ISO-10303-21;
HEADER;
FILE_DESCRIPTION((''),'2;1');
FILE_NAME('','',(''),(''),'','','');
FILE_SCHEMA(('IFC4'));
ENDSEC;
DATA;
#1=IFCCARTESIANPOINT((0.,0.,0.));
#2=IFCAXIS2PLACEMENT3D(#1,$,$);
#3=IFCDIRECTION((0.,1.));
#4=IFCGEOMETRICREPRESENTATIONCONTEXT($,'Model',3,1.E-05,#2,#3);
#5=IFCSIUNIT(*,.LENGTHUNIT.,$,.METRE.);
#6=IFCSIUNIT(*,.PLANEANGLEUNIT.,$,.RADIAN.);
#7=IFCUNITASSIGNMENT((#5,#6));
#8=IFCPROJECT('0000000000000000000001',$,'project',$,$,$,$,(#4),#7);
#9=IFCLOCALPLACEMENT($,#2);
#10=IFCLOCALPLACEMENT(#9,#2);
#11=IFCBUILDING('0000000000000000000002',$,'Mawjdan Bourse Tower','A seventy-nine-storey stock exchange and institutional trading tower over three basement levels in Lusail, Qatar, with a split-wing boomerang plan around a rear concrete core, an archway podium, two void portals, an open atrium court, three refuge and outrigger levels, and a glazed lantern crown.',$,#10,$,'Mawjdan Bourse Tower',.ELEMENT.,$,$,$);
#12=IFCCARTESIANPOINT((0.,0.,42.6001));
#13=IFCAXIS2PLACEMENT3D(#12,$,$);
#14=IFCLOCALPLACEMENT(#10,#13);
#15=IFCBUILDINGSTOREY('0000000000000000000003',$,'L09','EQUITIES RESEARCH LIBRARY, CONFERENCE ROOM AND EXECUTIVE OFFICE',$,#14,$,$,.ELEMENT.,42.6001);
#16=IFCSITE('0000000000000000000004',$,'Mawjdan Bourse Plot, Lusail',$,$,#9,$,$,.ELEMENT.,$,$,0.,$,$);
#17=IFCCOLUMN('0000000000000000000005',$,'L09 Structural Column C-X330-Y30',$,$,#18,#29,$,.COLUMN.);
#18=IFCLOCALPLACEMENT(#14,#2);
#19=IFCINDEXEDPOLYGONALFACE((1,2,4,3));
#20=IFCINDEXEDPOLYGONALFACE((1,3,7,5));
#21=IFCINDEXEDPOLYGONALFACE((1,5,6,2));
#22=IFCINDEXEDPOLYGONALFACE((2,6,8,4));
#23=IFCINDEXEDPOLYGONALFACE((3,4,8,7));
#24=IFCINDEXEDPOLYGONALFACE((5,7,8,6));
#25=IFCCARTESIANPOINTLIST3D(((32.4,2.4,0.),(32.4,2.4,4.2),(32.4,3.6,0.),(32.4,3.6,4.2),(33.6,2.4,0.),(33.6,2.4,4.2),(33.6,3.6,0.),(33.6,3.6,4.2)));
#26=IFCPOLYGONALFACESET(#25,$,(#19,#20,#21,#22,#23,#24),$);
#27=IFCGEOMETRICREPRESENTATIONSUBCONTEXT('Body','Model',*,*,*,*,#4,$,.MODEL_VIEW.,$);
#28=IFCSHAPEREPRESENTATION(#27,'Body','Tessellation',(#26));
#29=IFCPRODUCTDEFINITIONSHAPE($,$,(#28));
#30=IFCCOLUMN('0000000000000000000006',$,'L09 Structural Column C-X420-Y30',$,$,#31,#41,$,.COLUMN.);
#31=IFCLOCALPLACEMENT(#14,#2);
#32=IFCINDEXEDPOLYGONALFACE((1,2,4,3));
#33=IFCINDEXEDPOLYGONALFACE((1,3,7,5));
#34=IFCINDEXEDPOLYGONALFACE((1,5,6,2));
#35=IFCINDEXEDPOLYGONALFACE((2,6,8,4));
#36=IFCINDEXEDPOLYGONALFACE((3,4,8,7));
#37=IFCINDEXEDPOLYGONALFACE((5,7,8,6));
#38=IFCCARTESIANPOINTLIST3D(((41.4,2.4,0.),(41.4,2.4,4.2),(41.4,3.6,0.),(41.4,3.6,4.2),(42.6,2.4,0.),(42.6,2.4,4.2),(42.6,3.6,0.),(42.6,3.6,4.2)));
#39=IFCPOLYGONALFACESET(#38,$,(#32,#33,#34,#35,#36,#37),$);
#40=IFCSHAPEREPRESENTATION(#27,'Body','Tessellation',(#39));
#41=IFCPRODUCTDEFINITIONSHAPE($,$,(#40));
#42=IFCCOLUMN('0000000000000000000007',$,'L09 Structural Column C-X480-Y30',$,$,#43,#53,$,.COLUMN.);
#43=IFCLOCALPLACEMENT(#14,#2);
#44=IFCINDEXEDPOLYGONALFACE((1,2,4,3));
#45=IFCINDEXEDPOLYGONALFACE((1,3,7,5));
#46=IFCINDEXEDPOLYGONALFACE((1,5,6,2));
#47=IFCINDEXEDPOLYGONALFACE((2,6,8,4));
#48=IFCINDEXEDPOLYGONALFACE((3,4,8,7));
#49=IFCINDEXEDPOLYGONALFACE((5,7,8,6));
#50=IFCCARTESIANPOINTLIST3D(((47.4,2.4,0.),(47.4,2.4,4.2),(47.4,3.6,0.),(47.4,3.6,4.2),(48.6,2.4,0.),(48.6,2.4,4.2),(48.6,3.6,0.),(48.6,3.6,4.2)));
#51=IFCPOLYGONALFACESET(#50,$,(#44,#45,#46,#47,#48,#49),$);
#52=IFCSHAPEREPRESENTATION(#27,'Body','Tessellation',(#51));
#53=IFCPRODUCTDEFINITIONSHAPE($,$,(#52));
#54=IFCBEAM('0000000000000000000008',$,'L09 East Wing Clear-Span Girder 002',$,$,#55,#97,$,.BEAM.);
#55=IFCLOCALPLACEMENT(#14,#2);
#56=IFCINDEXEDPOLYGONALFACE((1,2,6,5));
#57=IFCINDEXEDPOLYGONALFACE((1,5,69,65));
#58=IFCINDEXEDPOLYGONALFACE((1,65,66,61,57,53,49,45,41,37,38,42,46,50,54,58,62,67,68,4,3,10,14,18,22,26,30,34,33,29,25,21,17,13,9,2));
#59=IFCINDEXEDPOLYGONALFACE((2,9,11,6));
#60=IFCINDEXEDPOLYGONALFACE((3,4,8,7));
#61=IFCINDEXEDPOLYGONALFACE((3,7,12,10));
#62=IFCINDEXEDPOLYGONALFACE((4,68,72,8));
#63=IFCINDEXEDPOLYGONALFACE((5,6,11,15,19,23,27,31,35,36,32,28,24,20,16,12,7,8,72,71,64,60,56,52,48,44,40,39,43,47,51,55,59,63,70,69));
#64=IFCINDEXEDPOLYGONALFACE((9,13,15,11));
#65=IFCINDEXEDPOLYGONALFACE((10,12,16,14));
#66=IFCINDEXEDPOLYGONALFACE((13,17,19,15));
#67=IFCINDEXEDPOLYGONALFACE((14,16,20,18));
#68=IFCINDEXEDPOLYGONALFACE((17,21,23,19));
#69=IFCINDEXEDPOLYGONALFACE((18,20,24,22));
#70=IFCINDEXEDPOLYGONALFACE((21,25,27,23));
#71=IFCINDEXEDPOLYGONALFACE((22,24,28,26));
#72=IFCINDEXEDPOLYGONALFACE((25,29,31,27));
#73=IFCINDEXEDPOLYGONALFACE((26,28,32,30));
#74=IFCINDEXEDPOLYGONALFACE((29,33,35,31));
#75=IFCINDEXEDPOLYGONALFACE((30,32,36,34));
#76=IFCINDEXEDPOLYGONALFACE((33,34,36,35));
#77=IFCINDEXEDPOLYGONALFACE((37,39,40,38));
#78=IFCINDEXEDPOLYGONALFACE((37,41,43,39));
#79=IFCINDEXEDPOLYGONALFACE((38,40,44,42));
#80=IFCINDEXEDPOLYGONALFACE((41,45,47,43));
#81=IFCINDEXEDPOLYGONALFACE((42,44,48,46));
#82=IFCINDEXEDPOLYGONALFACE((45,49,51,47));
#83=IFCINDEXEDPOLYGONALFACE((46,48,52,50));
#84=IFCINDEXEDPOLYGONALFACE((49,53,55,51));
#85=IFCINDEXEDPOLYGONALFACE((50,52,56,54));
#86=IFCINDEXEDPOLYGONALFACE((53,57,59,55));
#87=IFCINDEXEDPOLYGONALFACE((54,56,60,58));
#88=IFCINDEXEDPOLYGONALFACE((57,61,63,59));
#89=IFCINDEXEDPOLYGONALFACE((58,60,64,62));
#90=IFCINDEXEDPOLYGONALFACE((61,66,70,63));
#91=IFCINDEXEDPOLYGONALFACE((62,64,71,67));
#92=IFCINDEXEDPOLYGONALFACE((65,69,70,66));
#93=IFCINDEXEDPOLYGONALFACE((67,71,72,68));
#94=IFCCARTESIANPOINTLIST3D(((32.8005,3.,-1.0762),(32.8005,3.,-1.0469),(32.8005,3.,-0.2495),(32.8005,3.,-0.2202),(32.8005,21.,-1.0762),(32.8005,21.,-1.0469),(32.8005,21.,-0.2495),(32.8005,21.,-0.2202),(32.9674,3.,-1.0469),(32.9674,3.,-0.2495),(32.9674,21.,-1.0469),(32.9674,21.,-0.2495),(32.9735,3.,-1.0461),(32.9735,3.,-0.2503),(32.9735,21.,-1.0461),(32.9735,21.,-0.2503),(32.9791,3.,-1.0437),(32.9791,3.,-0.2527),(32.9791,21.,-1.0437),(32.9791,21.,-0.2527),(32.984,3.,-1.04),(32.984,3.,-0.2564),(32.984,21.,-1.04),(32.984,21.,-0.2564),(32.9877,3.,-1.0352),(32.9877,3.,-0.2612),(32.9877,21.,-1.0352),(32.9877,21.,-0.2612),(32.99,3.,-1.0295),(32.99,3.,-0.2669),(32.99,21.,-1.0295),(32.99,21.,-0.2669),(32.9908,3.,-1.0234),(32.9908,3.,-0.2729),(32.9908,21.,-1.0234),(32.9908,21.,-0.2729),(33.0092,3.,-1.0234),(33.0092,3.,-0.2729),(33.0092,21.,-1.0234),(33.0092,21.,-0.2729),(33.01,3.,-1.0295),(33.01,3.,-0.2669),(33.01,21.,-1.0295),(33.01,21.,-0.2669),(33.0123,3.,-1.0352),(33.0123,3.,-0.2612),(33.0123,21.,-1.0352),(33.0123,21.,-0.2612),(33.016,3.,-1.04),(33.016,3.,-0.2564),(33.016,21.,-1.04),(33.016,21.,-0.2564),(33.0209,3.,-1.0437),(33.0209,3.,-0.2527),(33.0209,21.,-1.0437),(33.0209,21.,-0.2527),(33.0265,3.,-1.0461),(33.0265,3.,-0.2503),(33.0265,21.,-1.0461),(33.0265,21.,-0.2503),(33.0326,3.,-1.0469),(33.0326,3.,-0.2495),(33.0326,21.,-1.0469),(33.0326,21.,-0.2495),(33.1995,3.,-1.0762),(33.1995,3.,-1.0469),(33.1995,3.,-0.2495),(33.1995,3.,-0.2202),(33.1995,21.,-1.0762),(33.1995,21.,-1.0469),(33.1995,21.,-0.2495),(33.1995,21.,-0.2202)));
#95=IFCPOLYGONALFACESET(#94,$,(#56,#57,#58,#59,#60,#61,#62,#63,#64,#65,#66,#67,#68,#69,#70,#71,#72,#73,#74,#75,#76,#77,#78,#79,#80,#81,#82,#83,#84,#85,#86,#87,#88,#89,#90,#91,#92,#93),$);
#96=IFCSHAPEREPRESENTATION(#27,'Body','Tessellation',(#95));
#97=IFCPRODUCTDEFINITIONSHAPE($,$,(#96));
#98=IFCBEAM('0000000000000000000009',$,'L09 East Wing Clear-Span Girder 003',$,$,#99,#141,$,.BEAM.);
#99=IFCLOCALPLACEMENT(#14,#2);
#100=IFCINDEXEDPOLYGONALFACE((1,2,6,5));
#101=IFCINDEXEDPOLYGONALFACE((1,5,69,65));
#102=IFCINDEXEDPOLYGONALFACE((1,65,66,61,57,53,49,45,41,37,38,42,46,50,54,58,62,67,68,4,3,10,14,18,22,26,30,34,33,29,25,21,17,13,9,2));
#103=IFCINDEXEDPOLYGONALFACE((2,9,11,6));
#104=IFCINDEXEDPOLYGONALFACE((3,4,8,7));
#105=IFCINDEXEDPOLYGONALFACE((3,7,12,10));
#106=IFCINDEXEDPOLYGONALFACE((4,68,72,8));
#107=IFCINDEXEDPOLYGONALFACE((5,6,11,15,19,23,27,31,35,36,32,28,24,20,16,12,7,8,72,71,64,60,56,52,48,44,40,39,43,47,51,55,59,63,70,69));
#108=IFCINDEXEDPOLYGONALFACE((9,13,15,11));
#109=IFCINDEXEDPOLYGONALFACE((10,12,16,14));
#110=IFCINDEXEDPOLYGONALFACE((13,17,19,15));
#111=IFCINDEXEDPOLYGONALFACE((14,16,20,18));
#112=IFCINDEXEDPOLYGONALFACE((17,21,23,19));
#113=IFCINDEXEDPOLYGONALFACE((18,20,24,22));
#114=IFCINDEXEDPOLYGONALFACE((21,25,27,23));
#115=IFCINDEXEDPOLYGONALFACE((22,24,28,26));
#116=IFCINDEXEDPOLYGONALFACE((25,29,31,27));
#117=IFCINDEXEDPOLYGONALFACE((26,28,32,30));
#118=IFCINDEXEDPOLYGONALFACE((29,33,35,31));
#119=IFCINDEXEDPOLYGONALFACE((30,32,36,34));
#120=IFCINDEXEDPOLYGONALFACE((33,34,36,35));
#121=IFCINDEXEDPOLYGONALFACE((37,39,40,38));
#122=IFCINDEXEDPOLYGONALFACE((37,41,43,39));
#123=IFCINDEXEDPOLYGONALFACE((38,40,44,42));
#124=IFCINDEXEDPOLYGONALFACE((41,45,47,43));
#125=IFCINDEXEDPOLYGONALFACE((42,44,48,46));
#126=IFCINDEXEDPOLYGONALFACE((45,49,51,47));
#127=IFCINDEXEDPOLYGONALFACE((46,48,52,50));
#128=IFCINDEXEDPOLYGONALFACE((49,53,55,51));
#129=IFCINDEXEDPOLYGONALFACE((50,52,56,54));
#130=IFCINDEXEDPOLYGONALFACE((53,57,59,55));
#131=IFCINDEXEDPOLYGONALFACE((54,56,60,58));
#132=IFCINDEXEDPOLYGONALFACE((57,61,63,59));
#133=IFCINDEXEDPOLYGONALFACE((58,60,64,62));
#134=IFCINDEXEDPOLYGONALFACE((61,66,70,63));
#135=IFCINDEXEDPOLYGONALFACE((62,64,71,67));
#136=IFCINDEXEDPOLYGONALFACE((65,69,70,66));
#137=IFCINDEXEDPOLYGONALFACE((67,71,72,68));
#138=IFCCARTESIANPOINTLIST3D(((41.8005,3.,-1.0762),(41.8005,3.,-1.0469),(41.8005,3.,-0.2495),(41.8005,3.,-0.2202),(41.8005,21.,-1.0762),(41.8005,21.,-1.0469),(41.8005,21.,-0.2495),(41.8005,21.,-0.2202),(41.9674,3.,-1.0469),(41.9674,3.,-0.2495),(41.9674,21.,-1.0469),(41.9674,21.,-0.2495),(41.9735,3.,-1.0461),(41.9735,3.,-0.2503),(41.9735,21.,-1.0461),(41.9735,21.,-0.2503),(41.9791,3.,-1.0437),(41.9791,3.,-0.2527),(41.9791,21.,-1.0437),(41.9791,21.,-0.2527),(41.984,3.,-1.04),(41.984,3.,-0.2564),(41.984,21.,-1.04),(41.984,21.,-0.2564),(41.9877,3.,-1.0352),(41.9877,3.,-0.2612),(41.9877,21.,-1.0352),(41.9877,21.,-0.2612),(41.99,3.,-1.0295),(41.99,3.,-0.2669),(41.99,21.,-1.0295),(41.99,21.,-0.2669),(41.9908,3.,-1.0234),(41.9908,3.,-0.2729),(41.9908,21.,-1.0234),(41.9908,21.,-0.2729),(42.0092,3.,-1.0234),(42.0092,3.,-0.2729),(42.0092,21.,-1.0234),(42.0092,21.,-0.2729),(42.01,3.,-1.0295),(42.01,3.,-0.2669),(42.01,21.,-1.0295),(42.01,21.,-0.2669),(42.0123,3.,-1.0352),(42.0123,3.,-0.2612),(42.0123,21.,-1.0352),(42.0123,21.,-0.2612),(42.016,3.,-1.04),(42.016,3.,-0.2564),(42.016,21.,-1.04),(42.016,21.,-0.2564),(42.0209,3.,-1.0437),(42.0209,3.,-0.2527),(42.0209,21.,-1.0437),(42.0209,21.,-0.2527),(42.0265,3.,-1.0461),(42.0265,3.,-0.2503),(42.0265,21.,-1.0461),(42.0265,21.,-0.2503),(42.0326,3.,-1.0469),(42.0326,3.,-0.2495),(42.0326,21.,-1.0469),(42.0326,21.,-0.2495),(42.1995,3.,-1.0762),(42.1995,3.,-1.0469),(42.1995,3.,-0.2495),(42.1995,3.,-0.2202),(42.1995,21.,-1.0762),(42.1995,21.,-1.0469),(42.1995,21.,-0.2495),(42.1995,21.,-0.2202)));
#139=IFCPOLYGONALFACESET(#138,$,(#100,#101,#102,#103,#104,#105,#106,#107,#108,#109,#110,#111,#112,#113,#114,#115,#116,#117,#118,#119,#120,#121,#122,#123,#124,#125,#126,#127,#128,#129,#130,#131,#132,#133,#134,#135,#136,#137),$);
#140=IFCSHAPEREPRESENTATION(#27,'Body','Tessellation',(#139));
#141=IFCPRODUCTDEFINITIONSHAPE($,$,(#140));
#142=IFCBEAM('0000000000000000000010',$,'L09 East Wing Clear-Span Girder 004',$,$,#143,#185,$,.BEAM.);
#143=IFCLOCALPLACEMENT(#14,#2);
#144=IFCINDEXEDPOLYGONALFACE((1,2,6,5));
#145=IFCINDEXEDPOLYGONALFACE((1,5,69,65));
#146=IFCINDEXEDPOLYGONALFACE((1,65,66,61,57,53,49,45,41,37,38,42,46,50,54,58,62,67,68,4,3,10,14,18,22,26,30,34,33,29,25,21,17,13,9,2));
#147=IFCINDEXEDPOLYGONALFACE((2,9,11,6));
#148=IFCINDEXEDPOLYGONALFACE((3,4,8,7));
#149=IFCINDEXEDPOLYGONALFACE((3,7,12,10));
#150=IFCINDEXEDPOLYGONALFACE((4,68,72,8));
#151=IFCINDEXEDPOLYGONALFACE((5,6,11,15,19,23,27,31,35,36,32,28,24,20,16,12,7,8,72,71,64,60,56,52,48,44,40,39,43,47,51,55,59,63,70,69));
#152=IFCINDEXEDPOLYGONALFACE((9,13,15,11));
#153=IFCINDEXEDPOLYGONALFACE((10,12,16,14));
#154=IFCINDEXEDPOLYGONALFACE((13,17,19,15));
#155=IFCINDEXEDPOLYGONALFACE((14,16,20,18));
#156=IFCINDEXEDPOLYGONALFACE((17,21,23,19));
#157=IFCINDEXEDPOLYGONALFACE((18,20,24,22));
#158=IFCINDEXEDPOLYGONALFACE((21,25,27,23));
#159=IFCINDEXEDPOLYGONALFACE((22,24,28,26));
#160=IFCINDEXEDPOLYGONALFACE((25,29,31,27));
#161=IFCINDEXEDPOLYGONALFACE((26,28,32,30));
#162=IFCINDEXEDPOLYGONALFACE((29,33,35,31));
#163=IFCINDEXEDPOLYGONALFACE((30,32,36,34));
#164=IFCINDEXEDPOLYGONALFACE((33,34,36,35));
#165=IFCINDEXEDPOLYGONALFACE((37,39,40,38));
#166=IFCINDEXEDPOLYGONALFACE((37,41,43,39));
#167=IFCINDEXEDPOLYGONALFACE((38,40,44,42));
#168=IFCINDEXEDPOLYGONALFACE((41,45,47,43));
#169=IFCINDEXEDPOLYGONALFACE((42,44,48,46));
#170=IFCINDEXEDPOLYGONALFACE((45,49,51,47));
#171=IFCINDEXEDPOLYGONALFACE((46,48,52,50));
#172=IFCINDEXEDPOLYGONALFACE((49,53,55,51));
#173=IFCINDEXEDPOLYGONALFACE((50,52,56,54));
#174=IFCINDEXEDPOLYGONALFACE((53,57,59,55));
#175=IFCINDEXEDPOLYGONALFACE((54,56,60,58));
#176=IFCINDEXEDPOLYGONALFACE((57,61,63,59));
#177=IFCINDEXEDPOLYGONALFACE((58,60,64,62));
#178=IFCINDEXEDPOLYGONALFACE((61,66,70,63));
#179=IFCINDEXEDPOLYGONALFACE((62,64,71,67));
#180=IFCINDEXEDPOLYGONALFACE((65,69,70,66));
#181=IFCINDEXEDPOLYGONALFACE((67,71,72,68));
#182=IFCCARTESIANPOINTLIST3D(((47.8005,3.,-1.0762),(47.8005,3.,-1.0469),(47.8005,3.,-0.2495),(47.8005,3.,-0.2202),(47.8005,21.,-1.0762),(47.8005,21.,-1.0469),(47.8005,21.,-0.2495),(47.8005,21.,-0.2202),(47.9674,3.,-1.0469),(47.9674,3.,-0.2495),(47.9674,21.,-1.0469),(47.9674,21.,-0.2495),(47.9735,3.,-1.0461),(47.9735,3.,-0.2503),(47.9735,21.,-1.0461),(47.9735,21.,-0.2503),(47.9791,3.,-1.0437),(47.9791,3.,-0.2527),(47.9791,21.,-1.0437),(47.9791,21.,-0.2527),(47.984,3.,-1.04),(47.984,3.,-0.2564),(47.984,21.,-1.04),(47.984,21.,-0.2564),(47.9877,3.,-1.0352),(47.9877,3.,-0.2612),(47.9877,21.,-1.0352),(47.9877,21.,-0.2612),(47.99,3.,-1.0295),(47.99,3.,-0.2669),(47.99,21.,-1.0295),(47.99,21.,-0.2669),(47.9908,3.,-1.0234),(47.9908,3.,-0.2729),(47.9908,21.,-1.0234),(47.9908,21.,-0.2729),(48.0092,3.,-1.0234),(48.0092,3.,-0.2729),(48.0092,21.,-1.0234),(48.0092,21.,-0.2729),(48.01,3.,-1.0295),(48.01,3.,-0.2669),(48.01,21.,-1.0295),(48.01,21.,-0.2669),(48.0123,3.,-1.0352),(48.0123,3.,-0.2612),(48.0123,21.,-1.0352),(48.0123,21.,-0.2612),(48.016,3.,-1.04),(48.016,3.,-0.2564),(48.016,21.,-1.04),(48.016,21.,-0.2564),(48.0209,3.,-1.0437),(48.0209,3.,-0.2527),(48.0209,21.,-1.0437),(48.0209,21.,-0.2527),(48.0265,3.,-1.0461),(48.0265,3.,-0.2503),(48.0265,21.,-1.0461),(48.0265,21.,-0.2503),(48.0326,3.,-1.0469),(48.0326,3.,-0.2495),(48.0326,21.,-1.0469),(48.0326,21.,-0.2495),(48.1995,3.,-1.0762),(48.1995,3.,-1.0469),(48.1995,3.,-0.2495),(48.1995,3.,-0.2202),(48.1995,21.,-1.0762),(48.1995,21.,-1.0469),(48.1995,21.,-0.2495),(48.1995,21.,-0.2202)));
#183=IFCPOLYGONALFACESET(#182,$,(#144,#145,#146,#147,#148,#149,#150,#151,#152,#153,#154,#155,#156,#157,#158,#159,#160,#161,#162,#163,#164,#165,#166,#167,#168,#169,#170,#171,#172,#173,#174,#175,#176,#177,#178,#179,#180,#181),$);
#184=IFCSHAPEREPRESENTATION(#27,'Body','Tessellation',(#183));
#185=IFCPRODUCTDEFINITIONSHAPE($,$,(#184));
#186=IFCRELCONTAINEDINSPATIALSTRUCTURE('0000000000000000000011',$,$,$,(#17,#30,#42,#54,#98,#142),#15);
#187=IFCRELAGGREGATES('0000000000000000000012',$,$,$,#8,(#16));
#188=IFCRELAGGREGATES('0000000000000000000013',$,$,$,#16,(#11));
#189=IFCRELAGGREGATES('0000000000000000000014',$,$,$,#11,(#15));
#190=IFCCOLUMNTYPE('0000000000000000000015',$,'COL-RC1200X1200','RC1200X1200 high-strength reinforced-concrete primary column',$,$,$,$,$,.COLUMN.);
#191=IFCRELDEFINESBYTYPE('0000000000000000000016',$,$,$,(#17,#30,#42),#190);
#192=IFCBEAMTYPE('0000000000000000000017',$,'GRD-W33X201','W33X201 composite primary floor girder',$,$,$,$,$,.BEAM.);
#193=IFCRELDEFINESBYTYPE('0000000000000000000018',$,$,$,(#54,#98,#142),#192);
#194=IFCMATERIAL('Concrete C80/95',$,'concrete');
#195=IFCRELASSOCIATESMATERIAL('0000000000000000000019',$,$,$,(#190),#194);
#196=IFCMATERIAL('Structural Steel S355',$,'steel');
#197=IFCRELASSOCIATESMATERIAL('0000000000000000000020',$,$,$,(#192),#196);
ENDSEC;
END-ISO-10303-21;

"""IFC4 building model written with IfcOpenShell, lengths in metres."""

from ifc_helpers import new_model, si_unit, direction, frame, origin, origin_2d, place, context, subcontext, project, spatial, rectangle, i_section, extrude, material, material_profile, profile_set, type_object, element, save


model = new_model("IFC4")

# Units and contexts
model_context = context("Model", 3, precision=1e-05, world=origin(), true_north=direction((0.0, 1.0)))
body_context = subcontext(model_context, "Body", "Model", "MODEL_VIEW")
ifc_project = project(units=[si_unit("LENGTHUNIT", "METRE"), si_unit("PLANEANGLEUNIT", "RADIAN")], contexts=[model_context])

# Site, building, storey
site_placement = place(None, origin())
site = spatial("IfcSite", under=ifc_project, at=site_placement, Name="Mawjdan Bourse Plot, Lusail", CompositionType="ELEMENT", RefElevation=0.0)
building_placement = place(site_placement, origin())
building = spatial("IfcBuilding", under=site, at=building_placement, Name="Mawjdan Bourse Tower", Description="A seventy-nine-storey stock exchange and institutional trading tower over three basement levels in Lusail, Qatar, with a split-wing boomerang plan around a rear concrete core, an archway podium, two void portals, an open atrium court, three refuge and outrigger levels, and a glazed lantern crown.", LongName="Mawjdan Bourse Tower", CompositionType="ELEMENT")
storey_placement = place(building_placement, frame((0.0, 0.0, 42.6001)))
storey = spatial("IfcBuildingStorey", under=building, at=storey_placement, Name="L09", Description="EQUITIES RESEARCH LIBRARY, CONFERENCE ROOM AND EXECUTIVE OFFICE", CompositionType="ELEMENT", Elevation=42.6001)

# Columns
ifc_material_1 = material(Name="Concrete C80/95", Category="concrete")
ifc_material_profile_1 = material_profile(ifc_material_1, rectangle(XDim=1.2, YDim=1.2, at=origin_2d()), Name="RC1200X1200")
ifc_profile_set_1 = profile_set([ifc_material_profile_1], Name="Concrete C80/95")
column_type = type_object("IfcColumnType", Name="COL-RC1200X1200", Description="RC1200X1200 high-strength reinforced-concrete primary column", PredefinedType="COLUMN", material=ifc_profile_set_1)
for number, where, z_axis, x_axis, name in (
    (1, (33.0, 3.0, 0.0), (0.0, 0.0, 1.0), (1.0, 0.0, 0.0), "L09 Structural Column C-X330-Y30"),
    (2, (42.0, 3.0, 0.0), (0.0, 0.0, 1.0), (1.0, 0.0, 0.0), "L09 Structural Column C-X420-Y30"),
    (3, (48.0, 3.0, 0.0), (0.0, 0.0, 1.0), (1.0, 0.0, 0.0), "L09 Structural Column C-X480-Y30"),
):
    element("IfcColumn", number, at=place(storey_placement, frame(where, z_axis=z_axis, x_axis=x_axis)), inside=storey, type_object=column_type, Name=name, PredefinedType="COLUMN", context=body_context, shape_type="SweptSolid", body=[
        extrude(rectangle(XDim=1.2, YDim=1.2, at=origin_2d()), origin(), (0.0, 0.0, 1.0), 4.2),
    ])

# Beams
ifc_material_2 = material(Name="Structural Steel S355", Category="steel")
ifc_material_profile_2 = material_profile(ifc_material_2, i_section(OverallWidth=0.3989, OverallDepth=0.856, WebThickness=0.0183, FlangeThickness=0.0293, FilletRadius=0.0234, at=origin_2d()), Name="W33X201")
ifc_profile_set_2 = profile_set([ifc_material_profile_2], Name="Structural Steel S355")
beam_type_1 = type_object("IfcBeamType", Name="GRD-W33X201", Description="W33X201 composite primary floor girder", PredefinedType="BEAM", material=ifc_profile_set_2)
for number, where, z_axis, x_axis, name in (
    (4, (33.0, 3.0, -0.6482), (0.0, 1.0, 0.0), (-1.0, 0.0, 0.0), "L09 East Wing Clear-Span Girder 002"),
    (5, (42.0, 3.0, -0.6482), (0.0, 1.0, 0.0), (-1.0, 0.0, 0.0), "L09 East Wing Clear-Span Girder 003"),
    (6, (48.0, 3.0, -0.6482), (0.0, 1.0, 0.0), (-1.0, 0.0, 0.0), "L09 East Wing Clear-Span Girder 004"),
):
    element("IfcBeam", number, at=place(storey_placement, frame(where, z_axis=z_axis, x_axis=x_axis)), inside=storey, type_object=beam_type_1, Name=name, PredefinedType="BEAM", context=body_context, shape_type="SweptSolid", body=[
        extrude(i_section(OverallWidth=0.3989, OverallDepth=0.856, WebThickness=0.0183, FlangeThickness=0.0293, FilletRadius=0.0234, at=origin_2d()), origin(), (0.0, 0.0, 1.0), 18.0),
    ])

save(model, "model.ifc")
